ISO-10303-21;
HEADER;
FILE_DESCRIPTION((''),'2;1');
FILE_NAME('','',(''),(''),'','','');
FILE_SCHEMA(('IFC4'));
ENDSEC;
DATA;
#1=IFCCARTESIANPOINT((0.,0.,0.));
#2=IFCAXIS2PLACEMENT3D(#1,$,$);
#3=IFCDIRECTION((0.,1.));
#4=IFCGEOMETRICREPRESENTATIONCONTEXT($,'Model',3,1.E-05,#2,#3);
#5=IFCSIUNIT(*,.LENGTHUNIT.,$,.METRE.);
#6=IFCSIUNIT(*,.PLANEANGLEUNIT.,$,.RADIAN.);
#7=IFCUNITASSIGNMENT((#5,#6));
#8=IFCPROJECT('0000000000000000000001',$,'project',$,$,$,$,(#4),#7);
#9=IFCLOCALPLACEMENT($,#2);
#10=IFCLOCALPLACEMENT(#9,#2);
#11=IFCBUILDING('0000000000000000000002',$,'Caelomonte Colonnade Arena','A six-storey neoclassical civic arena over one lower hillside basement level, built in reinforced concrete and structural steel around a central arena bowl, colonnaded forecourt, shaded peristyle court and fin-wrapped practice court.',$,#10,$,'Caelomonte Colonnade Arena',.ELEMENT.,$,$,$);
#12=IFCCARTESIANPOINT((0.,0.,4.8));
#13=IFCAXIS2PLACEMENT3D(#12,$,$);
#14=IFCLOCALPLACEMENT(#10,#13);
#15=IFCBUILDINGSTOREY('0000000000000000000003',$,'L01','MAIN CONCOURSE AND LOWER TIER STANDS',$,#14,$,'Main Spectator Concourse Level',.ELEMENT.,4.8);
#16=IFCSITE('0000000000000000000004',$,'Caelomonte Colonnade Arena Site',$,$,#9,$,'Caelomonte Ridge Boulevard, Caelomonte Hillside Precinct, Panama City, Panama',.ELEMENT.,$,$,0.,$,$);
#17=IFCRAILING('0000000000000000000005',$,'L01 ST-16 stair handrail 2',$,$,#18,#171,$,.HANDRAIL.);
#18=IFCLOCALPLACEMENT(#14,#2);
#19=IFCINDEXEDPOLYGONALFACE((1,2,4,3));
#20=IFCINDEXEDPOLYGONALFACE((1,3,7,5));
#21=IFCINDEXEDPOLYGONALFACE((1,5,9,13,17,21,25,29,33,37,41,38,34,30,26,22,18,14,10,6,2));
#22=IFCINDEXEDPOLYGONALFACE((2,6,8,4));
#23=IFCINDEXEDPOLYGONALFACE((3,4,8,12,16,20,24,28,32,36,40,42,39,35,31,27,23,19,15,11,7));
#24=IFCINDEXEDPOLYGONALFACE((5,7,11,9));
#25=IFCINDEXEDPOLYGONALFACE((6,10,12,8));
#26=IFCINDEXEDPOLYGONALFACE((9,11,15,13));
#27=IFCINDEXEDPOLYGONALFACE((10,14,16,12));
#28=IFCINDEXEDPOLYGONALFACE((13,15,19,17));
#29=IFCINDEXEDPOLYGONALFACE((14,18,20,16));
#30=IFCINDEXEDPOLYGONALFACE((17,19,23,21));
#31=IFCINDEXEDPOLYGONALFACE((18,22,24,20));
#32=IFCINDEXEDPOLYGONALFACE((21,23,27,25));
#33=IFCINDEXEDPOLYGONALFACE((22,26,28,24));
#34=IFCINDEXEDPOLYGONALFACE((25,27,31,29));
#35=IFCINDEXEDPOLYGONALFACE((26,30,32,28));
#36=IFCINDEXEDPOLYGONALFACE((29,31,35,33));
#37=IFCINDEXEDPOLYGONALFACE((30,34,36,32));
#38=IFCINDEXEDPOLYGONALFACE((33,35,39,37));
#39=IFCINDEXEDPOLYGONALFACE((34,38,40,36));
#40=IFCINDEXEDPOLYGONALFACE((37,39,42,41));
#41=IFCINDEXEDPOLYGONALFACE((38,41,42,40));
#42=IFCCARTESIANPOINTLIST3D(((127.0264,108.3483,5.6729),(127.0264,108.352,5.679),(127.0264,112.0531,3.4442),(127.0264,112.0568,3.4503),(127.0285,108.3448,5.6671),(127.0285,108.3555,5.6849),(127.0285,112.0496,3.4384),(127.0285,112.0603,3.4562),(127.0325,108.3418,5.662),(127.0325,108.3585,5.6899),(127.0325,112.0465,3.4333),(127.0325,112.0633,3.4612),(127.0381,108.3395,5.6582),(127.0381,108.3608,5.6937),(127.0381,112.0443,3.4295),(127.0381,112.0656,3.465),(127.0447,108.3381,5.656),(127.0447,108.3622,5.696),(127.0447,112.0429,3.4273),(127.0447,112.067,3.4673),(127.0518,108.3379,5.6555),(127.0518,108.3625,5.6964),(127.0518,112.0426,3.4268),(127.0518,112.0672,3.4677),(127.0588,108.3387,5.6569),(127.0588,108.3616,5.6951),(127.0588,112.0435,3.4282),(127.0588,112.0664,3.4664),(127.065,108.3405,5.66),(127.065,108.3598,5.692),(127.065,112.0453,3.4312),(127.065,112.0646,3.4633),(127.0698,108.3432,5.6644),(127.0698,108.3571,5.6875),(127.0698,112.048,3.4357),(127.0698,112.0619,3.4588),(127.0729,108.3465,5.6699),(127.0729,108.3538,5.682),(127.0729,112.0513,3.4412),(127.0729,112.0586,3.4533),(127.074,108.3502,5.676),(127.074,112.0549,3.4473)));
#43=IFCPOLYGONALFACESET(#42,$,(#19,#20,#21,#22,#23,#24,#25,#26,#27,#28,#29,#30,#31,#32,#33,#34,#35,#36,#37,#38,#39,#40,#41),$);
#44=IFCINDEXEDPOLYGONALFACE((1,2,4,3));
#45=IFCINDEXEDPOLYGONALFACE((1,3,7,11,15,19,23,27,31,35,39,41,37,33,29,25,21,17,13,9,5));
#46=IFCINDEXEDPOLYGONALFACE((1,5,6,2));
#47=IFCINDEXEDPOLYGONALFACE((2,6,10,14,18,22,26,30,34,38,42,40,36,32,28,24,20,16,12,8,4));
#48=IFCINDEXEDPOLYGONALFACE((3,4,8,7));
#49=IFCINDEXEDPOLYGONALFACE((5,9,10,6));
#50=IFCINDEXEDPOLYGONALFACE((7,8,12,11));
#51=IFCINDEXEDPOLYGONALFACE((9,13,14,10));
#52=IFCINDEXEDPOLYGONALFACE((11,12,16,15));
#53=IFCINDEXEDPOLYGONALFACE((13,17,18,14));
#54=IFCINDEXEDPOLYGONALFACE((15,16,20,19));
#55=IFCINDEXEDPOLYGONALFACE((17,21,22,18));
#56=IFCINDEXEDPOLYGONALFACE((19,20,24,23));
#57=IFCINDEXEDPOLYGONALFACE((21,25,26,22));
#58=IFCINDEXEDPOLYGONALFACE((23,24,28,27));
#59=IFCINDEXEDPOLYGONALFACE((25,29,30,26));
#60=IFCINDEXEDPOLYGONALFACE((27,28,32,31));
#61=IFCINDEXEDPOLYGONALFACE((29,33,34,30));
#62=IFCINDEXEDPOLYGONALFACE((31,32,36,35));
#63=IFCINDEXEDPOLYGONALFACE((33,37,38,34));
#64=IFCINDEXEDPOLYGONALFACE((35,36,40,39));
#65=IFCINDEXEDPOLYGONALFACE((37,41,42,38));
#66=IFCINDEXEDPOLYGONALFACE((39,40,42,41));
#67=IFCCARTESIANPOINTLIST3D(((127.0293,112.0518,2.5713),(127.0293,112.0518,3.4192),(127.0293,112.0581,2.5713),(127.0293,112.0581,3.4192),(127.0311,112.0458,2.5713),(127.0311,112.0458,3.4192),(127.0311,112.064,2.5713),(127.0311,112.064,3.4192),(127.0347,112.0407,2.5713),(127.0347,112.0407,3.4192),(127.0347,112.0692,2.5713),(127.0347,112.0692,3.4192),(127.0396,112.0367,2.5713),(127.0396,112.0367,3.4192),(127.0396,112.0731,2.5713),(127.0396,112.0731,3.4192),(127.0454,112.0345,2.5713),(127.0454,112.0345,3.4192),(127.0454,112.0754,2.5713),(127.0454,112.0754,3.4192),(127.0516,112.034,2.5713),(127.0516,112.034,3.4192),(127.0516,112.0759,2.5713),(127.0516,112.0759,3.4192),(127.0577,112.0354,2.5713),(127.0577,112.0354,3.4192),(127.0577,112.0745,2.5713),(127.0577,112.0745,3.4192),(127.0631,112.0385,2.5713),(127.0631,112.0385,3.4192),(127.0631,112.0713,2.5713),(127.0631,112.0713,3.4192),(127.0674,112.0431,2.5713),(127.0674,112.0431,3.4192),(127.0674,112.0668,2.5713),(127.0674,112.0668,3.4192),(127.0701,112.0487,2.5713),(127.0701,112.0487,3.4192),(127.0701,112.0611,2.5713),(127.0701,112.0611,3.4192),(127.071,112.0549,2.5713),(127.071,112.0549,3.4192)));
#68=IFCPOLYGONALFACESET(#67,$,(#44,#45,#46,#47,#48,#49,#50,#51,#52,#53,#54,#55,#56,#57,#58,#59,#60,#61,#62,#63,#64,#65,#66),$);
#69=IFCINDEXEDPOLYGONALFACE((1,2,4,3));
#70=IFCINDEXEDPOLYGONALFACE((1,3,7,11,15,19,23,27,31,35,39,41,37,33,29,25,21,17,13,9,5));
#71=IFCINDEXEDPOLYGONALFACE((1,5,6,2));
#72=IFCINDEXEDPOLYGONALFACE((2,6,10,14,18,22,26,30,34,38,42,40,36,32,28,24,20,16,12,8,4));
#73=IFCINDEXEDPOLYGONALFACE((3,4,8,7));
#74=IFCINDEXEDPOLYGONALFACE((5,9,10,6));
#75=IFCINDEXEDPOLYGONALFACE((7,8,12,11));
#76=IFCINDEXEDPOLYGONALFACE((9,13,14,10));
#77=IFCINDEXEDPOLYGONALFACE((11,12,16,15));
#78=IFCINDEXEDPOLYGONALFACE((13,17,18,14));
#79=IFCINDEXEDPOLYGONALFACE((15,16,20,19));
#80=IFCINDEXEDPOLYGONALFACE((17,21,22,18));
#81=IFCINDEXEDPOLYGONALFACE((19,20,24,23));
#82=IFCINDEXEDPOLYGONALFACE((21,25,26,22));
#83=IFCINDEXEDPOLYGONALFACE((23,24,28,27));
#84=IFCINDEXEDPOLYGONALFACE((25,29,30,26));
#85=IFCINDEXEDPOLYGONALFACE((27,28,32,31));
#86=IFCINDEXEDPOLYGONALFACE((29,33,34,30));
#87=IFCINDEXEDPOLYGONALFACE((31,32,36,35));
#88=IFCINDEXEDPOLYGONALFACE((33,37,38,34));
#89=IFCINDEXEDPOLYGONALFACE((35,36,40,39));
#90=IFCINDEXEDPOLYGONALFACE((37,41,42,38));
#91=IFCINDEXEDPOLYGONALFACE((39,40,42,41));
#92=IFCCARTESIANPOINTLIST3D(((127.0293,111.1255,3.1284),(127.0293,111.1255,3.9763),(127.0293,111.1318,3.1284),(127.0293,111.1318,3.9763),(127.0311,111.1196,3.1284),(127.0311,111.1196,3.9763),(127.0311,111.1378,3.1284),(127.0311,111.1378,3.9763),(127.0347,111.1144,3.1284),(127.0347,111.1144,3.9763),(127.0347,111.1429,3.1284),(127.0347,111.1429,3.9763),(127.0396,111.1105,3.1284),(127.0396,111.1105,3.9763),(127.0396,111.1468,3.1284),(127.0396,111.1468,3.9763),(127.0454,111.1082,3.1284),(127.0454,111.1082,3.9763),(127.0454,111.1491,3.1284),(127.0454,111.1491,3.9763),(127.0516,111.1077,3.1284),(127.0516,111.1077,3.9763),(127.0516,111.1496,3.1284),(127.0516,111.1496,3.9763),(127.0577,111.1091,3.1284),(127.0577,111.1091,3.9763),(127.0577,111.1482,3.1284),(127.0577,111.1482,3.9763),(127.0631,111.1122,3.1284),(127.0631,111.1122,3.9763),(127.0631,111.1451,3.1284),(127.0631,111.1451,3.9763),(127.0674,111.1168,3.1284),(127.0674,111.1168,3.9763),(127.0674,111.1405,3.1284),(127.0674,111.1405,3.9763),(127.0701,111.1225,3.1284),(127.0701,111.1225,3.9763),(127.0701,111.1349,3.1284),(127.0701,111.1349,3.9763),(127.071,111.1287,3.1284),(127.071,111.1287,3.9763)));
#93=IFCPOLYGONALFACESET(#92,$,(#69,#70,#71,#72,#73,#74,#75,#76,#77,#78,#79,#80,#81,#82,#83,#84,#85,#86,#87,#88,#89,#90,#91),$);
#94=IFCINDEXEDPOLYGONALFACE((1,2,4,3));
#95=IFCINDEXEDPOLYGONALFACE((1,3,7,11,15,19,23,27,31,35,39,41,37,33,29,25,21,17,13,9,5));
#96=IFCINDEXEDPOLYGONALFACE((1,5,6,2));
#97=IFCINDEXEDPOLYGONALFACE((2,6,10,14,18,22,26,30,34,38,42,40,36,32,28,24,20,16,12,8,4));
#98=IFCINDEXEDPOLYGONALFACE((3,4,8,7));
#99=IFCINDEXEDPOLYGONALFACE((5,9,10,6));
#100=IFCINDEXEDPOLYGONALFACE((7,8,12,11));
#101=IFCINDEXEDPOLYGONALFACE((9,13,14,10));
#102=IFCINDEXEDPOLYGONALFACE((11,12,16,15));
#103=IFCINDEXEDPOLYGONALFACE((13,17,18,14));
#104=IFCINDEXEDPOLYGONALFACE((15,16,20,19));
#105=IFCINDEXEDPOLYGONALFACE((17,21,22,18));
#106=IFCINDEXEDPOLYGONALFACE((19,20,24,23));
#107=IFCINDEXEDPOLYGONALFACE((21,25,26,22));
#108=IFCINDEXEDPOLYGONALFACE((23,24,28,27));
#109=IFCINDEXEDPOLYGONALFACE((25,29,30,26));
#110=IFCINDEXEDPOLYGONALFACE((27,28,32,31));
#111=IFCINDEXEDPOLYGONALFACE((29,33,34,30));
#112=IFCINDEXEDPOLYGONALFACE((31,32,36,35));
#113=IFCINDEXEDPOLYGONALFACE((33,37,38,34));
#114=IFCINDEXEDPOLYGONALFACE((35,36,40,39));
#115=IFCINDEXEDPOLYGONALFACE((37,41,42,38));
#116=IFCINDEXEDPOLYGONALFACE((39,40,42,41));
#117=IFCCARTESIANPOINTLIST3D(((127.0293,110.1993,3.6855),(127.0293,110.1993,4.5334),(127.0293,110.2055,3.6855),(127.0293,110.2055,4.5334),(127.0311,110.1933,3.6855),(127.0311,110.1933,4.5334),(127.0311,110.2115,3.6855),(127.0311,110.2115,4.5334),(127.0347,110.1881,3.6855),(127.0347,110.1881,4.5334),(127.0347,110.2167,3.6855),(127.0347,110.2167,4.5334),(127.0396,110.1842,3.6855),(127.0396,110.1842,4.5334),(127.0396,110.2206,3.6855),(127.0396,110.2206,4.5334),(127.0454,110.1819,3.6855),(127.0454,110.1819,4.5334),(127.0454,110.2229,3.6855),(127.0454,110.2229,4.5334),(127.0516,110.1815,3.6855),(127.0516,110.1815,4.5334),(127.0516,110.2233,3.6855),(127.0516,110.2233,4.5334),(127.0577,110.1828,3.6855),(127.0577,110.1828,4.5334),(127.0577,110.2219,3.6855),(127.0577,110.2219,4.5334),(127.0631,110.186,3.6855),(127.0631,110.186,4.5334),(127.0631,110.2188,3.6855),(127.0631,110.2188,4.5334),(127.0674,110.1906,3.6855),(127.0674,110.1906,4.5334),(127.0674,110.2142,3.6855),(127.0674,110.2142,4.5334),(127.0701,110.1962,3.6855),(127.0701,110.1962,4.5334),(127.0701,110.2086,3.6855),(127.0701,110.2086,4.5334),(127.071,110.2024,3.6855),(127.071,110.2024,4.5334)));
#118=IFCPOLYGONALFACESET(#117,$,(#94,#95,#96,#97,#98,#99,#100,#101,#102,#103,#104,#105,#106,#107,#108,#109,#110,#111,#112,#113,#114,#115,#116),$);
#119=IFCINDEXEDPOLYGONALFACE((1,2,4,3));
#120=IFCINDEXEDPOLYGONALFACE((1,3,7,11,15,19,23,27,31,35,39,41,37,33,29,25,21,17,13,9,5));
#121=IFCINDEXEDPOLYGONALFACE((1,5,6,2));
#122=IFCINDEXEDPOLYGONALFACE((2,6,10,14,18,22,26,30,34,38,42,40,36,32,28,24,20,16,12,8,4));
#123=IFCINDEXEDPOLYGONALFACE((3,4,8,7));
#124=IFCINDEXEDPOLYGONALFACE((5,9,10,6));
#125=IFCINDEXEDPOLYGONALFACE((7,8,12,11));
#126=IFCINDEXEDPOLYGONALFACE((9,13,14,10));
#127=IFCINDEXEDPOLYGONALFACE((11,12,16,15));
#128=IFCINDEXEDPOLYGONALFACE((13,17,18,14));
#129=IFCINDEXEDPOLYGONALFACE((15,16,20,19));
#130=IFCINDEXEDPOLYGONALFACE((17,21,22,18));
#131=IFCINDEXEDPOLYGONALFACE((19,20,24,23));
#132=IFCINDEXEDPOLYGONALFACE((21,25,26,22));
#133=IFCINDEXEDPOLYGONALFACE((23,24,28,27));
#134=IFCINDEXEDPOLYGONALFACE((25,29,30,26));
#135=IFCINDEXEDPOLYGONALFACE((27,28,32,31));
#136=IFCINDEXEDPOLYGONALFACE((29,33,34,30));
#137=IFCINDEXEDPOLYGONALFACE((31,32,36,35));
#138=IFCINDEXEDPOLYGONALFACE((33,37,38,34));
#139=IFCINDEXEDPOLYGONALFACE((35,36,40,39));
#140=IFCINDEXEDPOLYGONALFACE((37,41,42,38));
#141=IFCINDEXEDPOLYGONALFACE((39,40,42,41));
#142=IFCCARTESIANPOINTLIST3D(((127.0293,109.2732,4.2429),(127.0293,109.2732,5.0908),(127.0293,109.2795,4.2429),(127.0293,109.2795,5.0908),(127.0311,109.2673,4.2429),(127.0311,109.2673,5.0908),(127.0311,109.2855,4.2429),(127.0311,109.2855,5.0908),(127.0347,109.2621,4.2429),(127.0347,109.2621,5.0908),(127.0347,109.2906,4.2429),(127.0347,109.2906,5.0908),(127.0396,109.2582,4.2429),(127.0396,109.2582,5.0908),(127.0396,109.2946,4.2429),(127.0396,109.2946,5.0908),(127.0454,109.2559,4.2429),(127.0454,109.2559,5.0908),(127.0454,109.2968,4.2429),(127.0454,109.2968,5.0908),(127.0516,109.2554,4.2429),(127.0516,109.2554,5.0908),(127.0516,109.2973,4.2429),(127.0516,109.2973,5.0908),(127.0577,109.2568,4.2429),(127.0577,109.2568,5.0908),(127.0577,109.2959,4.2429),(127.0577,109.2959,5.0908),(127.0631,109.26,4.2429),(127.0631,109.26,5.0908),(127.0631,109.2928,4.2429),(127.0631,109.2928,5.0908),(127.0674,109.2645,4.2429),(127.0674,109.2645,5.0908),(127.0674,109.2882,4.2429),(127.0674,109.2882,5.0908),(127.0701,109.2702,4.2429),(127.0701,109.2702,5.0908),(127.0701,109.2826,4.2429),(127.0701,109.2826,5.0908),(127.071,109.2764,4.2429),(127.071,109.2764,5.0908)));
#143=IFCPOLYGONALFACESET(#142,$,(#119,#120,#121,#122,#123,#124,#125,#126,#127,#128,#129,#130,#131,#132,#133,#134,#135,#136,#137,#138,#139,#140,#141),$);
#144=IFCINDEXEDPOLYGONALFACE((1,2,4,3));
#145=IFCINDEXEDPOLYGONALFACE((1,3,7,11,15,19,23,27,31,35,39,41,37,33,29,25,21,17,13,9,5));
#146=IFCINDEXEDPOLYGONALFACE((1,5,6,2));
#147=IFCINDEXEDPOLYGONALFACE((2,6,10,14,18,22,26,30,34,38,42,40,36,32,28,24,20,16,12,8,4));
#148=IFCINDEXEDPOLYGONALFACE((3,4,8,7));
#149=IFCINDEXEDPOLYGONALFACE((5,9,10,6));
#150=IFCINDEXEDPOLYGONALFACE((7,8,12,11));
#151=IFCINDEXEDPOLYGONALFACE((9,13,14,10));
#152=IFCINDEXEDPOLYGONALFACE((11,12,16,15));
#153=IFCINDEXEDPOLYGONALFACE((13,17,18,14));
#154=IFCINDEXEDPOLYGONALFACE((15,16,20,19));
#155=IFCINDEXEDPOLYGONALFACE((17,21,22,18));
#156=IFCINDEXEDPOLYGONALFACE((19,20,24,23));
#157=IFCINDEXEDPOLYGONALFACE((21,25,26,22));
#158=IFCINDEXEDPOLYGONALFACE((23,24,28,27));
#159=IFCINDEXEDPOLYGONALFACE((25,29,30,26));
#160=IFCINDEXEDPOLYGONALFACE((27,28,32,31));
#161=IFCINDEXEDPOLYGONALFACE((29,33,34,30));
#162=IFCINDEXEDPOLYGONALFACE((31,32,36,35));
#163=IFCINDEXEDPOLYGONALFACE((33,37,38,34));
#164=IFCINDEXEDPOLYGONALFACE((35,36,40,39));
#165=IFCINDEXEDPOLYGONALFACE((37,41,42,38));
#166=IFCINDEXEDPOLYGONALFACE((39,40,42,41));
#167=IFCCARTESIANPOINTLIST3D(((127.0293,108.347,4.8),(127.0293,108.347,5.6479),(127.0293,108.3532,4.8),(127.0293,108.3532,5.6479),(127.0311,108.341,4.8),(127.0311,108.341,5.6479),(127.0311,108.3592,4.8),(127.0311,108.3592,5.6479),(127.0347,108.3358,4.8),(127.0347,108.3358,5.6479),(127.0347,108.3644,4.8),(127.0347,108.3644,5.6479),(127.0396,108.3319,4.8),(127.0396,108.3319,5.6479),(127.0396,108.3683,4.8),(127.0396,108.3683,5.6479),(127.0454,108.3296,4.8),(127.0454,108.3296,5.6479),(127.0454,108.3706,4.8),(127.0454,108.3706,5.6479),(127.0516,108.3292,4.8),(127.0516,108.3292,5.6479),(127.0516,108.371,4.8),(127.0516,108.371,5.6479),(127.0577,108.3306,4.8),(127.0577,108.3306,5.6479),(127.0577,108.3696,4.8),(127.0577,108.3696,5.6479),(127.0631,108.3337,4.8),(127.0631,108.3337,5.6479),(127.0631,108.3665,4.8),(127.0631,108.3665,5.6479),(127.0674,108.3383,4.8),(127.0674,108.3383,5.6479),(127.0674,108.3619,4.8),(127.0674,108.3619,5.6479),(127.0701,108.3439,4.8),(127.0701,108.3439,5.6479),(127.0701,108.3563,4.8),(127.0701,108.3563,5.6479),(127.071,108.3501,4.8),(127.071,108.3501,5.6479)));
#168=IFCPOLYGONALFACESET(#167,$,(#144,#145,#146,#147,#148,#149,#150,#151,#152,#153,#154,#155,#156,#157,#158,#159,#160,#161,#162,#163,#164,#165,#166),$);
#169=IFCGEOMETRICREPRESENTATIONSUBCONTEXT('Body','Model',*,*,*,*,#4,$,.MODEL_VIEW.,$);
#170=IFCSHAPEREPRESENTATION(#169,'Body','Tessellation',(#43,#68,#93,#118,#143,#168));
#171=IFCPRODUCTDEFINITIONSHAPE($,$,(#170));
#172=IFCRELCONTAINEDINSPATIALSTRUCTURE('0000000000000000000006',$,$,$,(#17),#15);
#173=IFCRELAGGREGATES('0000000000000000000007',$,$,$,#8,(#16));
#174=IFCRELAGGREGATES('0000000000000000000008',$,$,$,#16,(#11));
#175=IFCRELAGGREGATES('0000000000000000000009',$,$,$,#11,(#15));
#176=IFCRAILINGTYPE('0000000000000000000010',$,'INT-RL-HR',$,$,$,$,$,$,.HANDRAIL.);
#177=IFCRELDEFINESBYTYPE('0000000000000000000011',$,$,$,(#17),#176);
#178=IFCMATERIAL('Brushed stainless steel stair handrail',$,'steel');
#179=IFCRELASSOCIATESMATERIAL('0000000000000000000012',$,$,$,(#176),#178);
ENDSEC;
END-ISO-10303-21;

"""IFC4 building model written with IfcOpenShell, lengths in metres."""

from ifc_helpers import new_model, si_unit, direction, frame, origin, origin_2d, place, context, subcontext, project, spatial, circle, extrude, material, type_object, element, save


model = new_model("IFC4")

# Units and contexts
model_context = context("Model", 3, precision=1e-05, world=origin(), true_north=direction((0.0, 1.0)))
body_context = subcontext(model_context, "Body", "Model", "MODEL_VIEW")
ifc_project = project(units=[si_unit("LENGTHUNIT", "METRE"), si_unit("PLANEANGLEUNIT", "RADIAN")], contexts=[model_context])

# Site, building, storey
site_placement = place(None, origin())
site = spatial("IfcSite", under=ifc_project, at=site_placement, Name="Caelomonte Colonnade Arena Site", LongName="Caelomonte Ridge Boulevard, Caelomonte Hillside Precinct, Panama City, Panama", CompositionType="ELEMENT", RefElevation=0.0)
building_placement = place(site_placement, origin())
building = spatial("IfcBuilding", under=site, at=building_placement, Name="Caelomonte Colonnade Arena", Description="A six-storey neoclassical civic arena over one lower hillside basement level, built in reinforced concrete and structural steel around a central arena bowl, colonnaded forecourt, shaded peristyle court and fin-wrapped practice court.", LongName="Caelomonte Colonnade Arena", CompositionType="ELEMENT")
storey_placement = place(building_placement, frame((0.0, 0.0, 4.8)))
storey = spatial("IfcBuildingStorey", under=building, at=storey_placement, Name="L01", Description="MAIN CONCOURSE AND LOWER TIER STANDS", LongName="Main Spectator Concourse Level", CompositionType="ELEMENT", Elevation=4.8)

# Railing
ifc_material_1 = material(Name="Brushed stainless steel stair handrail", Category="steel")
railing_type_1 = type_object("IfcRailingType", Name="INT-RL-HR", PredefinedType="HANDRAIL", material=ifc_material_1)
railing_1_placement = place(storey_placement, frame((127.05, 112.0549, 2.5713)))
element("IfcRailing", 1, at=railing_1_placement, inside=storey, type_object=railing_type_1, Name="L01 ST-16 stair handrail 2", PredefinedType="HANDRAIL", context=body_context, shape_type="SweptSolid", body=[
    extrude(circle(Radius=0.0239, at=origin_2d()), frame((0.0, 0.0, 0.876), z_axis=(0.0, -0.856894, 0.515492), x_axis=(1.0, 0.0, 0.0)), (0.0, 0.0, 1.0), 4.3235),
    extrude(circle(Radius=0.021, at=origin_2d()), origin(), (0.0, 0.0, 1.0), 0.8479),
    extrude(circle(Radius=0.021, at=origin_2d()), frame((0.0, -0.9263, 0.5571)), (0.0, 0.0, 1.0), 0.8479),
    extrude(circle(Radius=0.021, at=origin_2d()), frame((0.0, -1.8525, 1.1143)), (0.0, 0.0, 1.0), 0.8479),
    extrude(circle(Radius=0.021, at=origin_2d()), frame((0.0, -2.7786, 1.6716)), (0.0, 0.0, 1.0), 0.8479),
    extrude(circle(Radius=0.021, at=origin_2d()), frame((0.0, -3.7048, 2.2288)), (0.0, 0.0, 1.0), 0.8479),
])

save(model, "model.ifc")
